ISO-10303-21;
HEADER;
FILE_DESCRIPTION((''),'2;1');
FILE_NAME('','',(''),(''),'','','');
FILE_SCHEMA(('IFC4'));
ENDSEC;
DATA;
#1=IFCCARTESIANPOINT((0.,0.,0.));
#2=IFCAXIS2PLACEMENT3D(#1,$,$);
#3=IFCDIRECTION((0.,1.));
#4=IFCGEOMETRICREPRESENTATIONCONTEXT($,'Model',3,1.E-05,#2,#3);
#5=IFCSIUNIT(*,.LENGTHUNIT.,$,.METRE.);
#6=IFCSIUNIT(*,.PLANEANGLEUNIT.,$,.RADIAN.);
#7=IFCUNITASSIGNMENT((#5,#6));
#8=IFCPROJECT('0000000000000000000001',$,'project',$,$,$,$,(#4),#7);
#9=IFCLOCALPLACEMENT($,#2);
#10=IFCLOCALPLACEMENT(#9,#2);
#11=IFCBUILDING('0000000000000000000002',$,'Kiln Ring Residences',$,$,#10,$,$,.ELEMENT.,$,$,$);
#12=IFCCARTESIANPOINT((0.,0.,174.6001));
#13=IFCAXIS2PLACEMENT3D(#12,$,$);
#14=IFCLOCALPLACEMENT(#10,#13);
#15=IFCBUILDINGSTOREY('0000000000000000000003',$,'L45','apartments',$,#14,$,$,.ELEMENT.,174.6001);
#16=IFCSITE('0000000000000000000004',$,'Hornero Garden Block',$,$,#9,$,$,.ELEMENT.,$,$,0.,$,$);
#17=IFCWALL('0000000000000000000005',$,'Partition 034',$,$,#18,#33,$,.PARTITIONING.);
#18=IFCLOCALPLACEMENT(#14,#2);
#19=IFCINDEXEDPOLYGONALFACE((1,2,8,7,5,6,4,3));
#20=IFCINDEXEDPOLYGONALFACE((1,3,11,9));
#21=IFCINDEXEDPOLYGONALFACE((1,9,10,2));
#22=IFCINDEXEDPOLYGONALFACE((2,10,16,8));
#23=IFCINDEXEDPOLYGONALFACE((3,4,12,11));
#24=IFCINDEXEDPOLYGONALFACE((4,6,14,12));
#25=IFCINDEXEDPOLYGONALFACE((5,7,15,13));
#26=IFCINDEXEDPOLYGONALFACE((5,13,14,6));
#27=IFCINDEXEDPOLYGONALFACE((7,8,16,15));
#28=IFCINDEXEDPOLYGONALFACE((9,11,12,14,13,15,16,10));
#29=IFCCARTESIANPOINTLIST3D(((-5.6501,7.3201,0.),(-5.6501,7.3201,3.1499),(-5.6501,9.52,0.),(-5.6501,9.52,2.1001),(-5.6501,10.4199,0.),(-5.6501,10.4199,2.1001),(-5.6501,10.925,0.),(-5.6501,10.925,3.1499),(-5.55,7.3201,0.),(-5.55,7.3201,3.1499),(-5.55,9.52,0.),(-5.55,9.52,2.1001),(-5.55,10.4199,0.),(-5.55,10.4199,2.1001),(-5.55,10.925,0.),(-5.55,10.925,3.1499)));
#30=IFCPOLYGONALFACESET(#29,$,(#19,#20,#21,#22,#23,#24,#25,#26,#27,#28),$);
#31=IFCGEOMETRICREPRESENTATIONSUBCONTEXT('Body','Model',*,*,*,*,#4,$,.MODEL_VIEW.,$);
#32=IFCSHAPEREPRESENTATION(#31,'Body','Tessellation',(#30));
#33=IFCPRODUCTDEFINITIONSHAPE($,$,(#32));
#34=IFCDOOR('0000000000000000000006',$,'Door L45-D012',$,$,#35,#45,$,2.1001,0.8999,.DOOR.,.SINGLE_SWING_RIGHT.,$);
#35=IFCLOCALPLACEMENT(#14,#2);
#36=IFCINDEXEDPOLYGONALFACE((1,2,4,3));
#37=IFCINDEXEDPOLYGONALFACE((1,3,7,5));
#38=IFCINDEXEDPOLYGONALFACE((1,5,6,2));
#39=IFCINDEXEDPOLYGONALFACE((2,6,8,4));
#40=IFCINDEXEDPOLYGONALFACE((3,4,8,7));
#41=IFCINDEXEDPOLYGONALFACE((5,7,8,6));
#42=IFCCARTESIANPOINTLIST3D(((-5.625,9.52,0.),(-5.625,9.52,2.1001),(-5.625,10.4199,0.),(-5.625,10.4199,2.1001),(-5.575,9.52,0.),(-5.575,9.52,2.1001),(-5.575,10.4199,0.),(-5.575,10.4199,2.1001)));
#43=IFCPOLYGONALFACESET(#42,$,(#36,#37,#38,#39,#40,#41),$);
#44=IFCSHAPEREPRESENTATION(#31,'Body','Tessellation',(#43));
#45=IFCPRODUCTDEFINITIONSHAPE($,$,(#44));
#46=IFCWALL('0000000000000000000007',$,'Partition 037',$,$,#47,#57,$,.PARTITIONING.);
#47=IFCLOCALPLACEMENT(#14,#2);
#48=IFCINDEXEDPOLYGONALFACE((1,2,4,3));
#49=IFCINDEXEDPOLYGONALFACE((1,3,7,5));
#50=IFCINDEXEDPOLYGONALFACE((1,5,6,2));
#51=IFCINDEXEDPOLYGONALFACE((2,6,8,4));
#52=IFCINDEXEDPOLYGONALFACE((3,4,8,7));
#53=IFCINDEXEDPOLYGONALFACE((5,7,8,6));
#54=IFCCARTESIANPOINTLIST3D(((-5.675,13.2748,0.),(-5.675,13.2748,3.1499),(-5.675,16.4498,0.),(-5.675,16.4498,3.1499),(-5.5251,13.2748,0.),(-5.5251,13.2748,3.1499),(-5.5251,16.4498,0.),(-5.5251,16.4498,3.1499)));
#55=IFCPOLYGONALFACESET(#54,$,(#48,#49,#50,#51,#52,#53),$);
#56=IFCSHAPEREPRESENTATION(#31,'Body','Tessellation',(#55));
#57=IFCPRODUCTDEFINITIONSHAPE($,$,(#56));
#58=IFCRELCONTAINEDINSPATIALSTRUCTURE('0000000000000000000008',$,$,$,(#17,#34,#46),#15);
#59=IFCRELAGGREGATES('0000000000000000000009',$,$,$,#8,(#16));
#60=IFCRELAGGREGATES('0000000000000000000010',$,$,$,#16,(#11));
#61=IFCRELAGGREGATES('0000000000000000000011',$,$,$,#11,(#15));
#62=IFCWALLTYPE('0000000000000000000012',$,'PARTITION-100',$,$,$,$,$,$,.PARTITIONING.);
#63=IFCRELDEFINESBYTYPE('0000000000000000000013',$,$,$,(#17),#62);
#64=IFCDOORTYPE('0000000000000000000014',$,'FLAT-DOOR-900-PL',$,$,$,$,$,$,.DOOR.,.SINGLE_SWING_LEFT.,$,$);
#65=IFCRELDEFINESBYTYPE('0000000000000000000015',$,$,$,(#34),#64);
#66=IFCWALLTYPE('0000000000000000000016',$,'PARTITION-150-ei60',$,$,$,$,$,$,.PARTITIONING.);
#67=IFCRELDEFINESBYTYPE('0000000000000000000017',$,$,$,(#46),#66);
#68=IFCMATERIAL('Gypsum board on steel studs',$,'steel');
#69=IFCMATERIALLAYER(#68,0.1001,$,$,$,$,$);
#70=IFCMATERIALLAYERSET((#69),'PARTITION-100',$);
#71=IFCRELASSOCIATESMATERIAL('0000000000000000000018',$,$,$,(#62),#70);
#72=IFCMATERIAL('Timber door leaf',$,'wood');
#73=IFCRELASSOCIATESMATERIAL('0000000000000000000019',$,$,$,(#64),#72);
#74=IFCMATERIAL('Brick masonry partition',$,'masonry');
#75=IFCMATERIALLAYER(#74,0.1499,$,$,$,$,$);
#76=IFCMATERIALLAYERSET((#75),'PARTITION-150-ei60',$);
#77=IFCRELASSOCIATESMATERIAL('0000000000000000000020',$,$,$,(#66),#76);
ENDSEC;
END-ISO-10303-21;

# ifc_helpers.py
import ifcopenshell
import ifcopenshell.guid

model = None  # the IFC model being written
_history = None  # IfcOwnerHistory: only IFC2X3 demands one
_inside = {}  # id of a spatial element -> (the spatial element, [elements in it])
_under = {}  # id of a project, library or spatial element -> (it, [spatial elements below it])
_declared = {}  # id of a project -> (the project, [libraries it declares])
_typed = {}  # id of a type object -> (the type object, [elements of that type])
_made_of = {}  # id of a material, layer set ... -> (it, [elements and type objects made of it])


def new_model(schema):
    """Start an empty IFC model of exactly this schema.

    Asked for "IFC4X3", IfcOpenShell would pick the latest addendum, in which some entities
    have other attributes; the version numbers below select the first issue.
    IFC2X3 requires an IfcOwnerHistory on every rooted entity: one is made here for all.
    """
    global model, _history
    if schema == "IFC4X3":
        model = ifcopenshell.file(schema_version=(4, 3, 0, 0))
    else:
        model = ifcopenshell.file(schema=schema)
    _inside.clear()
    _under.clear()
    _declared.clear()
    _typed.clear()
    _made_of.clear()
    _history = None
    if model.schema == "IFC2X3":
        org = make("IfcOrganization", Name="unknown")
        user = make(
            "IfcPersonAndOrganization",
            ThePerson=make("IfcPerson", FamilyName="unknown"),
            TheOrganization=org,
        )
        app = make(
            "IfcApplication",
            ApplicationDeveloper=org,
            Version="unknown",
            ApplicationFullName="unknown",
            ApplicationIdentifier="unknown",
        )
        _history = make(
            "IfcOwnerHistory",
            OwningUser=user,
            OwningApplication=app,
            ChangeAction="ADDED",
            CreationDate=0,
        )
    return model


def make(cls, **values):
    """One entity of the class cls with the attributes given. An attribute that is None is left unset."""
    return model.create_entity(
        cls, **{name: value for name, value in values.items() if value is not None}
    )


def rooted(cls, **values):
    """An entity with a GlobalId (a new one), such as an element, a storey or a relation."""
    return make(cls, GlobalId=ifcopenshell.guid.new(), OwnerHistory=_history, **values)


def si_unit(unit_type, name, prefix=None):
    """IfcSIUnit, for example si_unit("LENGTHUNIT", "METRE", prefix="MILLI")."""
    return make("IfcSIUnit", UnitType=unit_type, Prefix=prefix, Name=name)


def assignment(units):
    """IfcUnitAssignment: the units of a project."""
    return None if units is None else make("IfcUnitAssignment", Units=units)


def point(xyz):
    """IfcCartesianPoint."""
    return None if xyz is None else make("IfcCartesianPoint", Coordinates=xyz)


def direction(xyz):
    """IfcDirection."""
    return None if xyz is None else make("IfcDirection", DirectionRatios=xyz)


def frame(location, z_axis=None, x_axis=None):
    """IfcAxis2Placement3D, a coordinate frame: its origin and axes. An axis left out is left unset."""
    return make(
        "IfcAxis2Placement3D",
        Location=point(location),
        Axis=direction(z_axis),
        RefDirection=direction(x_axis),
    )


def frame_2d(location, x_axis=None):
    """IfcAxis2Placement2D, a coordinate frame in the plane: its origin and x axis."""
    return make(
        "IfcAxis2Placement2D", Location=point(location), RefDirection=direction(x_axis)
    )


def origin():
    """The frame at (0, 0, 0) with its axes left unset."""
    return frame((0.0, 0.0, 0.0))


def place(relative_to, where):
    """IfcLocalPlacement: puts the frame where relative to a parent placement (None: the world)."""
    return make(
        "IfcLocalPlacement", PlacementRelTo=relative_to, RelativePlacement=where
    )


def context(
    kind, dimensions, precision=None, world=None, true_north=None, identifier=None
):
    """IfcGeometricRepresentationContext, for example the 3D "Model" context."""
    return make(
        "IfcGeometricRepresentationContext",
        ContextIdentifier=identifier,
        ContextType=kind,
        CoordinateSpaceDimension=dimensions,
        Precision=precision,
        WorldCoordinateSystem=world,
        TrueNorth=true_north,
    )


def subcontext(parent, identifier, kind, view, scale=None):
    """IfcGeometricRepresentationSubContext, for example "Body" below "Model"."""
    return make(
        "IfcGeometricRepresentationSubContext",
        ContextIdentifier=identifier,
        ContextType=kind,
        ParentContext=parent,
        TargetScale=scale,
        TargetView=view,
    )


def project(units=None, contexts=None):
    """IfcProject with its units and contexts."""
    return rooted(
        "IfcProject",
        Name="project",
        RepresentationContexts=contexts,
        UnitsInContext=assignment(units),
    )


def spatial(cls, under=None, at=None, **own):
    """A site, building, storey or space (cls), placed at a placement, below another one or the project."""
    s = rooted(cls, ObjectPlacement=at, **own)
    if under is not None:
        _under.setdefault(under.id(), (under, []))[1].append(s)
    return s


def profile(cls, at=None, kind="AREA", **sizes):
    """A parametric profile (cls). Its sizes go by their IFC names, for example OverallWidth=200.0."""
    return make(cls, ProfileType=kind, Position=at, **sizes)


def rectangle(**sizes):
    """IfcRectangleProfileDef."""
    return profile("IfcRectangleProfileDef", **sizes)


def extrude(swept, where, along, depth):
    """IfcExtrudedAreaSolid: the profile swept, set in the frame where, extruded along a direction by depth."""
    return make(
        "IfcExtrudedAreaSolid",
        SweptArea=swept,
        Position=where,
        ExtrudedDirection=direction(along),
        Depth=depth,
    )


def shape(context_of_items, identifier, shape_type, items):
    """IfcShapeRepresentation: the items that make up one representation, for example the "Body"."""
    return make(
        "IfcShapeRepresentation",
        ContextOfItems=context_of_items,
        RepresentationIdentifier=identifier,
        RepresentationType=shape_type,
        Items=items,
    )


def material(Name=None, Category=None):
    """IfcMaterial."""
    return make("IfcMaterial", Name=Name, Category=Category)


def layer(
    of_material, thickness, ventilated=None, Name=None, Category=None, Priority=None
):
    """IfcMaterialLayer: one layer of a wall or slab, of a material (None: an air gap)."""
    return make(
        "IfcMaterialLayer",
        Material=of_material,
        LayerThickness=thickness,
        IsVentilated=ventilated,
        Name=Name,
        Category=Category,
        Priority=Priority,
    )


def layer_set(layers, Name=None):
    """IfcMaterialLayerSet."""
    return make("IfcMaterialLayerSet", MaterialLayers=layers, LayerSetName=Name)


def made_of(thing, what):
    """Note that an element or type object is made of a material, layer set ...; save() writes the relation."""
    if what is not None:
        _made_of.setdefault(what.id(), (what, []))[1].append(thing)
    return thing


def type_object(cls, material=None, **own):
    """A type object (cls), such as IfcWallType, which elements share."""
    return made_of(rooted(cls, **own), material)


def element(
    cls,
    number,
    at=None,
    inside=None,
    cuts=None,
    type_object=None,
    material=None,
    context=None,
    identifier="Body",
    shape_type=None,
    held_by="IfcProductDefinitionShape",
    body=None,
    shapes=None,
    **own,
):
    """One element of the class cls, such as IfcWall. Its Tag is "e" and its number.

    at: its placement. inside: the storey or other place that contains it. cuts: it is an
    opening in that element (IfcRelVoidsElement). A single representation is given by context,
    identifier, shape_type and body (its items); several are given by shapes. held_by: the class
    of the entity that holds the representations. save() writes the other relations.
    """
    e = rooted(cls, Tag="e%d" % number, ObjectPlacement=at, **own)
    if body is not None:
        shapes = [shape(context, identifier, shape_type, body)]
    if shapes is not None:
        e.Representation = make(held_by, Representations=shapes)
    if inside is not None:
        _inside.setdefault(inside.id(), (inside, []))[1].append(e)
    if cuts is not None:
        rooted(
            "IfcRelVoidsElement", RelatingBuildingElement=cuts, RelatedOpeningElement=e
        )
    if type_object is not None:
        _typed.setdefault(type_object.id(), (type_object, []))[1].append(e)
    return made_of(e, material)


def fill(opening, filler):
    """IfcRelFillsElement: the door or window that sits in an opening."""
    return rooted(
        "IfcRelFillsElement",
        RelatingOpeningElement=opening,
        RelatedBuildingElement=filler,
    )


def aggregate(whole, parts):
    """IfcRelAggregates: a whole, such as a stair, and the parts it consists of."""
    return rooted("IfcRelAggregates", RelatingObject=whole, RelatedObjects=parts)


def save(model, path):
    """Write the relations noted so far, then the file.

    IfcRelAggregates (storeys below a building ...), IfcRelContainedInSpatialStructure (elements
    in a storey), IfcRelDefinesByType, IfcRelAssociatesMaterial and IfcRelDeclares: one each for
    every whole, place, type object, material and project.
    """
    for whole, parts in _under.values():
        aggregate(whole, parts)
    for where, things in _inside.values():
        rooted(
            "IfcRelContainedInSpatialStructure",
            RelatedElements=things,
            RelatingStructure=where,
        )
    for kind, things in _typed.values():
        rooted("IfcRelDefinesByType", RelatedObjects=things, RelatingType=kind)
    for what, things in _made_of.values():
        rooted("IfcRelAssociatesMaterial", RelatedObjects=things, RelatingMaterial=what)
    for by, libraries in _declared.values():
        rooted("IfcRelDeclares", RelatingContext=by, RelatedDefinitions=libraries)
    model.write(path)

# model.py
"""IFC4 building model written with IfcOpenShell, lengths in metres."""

from ifc_helpers import new_model, si_unit, direction, frame, frame_2d, origin, place, context, subcontext, project, spatial, rectangle, extrude, material, layer, layer_set, type_object, element, fill, save


model = new_model("IFC4")

# Units and contexts
model_context = context("Model", 3, precision=1e-05, world=origin(), true_north=direction((0.0, 1.0)))
body_context = subcontext(model_context, "Body", "Model", "MODEL_VIEW")
ifc_project = project(units=[si_unit("LENGTHUNIT", "METRE"), si_unit("PLANEANGLEUNIT", "RADIAN")], contexts=[model_context])

# Site, building, storey
site_placement = place(None, origin())
site = spatial("IfcSite", under=ifc_project, at=site_placement, Name="Hornero Garden Block", CompositionType="ELEMENT", RefElevation=0.0)
building_placement = place(site_placement, origin())
building = spatial("IfcBuilding", under=site, at=building_placement, Name="Kiln Ring Residences", CompositionType="ELEMENT")
storey_placement = place(building_placement, frame((0.0, 0.0, 174.6001)))
storey = spatial("IfcBuildingStorey", under=building, at=storey_placement, Name="L45", Description="apartments", CompositionType="ELEMENT", Elevation=174.6001)

# Wall, opening, door
ifc_material_1 = material(Name="Gypsum board on steel studs", Category="steel")
ifc_layer_1 = layer(ifc_material_1, 0.1001)
ifc_layer_set_1 = layer_set([ifc_layer_1], Name="PARTITION-100")
wall_type_1 = type_object("IfcWallType", Name="PARTITION-100", PredefinedType="PARTITIONING", material=ifc_layer_set_1)
ifc_material_2 = material(Name="Timber door leaf", Category="wood")
door_type = type_object("IfcDoorType", Name="FLAT-DOOR-900-PL", OperationType="SINGLE_SWING_LEFT", PredefinedType="DOOR", material=ifc_material_2)
wall_1_placement = place(storey_placement, frame((-5.6001, 7.3201, 0.0), z_axis=(0.0, 0.0, 1.0), x_axis=(0.0, 1.0, 0.0)))
wall_1 = element("IfcWall", 1, at=wall_1_placement, inside=storey, type_object=wall_type_1, Name="Partition 034", PredefinedType="PARTITIONING", context=body_context, shape_type="SweptSolid", body=[
    extrude(rectangle(XDim=3.605, YDim=0.1001, at=frame_2d((1.8025, 0.0))), origin(), (0.0, 0.0, 1.0), 3.1499),
])
opening_1_placement = place(wall_1_placement, frame((2.2, 0.0, 0.0)))
opening_1 = element("IfcOpeningElement", 2, at=opening_1_placement, cuts=wall_1, PredefinedType="OPENING", context=body_context, shape_type="SweptSolid", body=[
    extrude(rectangle(XDim=0.8999, YDim=2.1001, at=frame_2d((0.45, 1.05))), frame((0.0, 0.0601, 0.0), z_axis=(0.0, -1.0, 0.0), x_axis=(1.0, 0.0, 0.0)), (0.0, 0.0, 1.0), 0.1201),
])
door_1_placement = place(opening_1_placement, origin())
door_1 = element("IfcDoor", 3, at=door_1_placement, inside=storey, type_object=door_type, Name="Door L45-D012", OperationType="SINGLE_SWING_RIGHT", OverallHeight=2.1001, OverallWidth=0.8999, PredefinedType="DOOR", context=body_context, shape_type="SweptSolid", body=[
    extrude(rectangle(XDim=0.8999, YDim=2.1001, at=frame_2d((0.45, 1.05))), frame((0.0, 0.0249, 0.0), z_axis=(0.0, -1.0, 0.0), x_axis=(1.0, 0.0, 0.0)), (0.0, 0.0, 1.0), 0.05),
])
fill(opening_1, door_1)

# Wall
ifc_material_3 = material(Name="Brick masonry partition", Category="masonry")
ifc_layer_2 = layer(ifc_material_3, 0.1499)
ifc_layer_set_2 = layer_set([ifc_layer_2], Name="PARTITION-150-ei60")
wall_type_2 = type_object("IfcWallType", Name="PARTITION-150-ei60", PredefinedType="PARTITIONING", material=ifc_layer_set_2)
wall_2_placement = place(storey_placement, frame((-5.6001, 13.2749, 0.0), z_axis=(0.0, 0.0, 1.0), x_axis=(0.0, 1.0, 0.0)))
element("IfcWall", 4, at=wall_2_placement, inside=storey, type_object=wall_type_2, Name="Partition 037", PredefinedType="PARTITIONING", context=body_context, shape_type="SweptSolid", body=[
    extrude(rectangle(XDim=3.175, YDim=0.1499, at=frame_2d((1.5874, 0.0))), origin(), (0.0, 0.0, 1.0), 3.1499),
])

save(model, "model.ifc")
